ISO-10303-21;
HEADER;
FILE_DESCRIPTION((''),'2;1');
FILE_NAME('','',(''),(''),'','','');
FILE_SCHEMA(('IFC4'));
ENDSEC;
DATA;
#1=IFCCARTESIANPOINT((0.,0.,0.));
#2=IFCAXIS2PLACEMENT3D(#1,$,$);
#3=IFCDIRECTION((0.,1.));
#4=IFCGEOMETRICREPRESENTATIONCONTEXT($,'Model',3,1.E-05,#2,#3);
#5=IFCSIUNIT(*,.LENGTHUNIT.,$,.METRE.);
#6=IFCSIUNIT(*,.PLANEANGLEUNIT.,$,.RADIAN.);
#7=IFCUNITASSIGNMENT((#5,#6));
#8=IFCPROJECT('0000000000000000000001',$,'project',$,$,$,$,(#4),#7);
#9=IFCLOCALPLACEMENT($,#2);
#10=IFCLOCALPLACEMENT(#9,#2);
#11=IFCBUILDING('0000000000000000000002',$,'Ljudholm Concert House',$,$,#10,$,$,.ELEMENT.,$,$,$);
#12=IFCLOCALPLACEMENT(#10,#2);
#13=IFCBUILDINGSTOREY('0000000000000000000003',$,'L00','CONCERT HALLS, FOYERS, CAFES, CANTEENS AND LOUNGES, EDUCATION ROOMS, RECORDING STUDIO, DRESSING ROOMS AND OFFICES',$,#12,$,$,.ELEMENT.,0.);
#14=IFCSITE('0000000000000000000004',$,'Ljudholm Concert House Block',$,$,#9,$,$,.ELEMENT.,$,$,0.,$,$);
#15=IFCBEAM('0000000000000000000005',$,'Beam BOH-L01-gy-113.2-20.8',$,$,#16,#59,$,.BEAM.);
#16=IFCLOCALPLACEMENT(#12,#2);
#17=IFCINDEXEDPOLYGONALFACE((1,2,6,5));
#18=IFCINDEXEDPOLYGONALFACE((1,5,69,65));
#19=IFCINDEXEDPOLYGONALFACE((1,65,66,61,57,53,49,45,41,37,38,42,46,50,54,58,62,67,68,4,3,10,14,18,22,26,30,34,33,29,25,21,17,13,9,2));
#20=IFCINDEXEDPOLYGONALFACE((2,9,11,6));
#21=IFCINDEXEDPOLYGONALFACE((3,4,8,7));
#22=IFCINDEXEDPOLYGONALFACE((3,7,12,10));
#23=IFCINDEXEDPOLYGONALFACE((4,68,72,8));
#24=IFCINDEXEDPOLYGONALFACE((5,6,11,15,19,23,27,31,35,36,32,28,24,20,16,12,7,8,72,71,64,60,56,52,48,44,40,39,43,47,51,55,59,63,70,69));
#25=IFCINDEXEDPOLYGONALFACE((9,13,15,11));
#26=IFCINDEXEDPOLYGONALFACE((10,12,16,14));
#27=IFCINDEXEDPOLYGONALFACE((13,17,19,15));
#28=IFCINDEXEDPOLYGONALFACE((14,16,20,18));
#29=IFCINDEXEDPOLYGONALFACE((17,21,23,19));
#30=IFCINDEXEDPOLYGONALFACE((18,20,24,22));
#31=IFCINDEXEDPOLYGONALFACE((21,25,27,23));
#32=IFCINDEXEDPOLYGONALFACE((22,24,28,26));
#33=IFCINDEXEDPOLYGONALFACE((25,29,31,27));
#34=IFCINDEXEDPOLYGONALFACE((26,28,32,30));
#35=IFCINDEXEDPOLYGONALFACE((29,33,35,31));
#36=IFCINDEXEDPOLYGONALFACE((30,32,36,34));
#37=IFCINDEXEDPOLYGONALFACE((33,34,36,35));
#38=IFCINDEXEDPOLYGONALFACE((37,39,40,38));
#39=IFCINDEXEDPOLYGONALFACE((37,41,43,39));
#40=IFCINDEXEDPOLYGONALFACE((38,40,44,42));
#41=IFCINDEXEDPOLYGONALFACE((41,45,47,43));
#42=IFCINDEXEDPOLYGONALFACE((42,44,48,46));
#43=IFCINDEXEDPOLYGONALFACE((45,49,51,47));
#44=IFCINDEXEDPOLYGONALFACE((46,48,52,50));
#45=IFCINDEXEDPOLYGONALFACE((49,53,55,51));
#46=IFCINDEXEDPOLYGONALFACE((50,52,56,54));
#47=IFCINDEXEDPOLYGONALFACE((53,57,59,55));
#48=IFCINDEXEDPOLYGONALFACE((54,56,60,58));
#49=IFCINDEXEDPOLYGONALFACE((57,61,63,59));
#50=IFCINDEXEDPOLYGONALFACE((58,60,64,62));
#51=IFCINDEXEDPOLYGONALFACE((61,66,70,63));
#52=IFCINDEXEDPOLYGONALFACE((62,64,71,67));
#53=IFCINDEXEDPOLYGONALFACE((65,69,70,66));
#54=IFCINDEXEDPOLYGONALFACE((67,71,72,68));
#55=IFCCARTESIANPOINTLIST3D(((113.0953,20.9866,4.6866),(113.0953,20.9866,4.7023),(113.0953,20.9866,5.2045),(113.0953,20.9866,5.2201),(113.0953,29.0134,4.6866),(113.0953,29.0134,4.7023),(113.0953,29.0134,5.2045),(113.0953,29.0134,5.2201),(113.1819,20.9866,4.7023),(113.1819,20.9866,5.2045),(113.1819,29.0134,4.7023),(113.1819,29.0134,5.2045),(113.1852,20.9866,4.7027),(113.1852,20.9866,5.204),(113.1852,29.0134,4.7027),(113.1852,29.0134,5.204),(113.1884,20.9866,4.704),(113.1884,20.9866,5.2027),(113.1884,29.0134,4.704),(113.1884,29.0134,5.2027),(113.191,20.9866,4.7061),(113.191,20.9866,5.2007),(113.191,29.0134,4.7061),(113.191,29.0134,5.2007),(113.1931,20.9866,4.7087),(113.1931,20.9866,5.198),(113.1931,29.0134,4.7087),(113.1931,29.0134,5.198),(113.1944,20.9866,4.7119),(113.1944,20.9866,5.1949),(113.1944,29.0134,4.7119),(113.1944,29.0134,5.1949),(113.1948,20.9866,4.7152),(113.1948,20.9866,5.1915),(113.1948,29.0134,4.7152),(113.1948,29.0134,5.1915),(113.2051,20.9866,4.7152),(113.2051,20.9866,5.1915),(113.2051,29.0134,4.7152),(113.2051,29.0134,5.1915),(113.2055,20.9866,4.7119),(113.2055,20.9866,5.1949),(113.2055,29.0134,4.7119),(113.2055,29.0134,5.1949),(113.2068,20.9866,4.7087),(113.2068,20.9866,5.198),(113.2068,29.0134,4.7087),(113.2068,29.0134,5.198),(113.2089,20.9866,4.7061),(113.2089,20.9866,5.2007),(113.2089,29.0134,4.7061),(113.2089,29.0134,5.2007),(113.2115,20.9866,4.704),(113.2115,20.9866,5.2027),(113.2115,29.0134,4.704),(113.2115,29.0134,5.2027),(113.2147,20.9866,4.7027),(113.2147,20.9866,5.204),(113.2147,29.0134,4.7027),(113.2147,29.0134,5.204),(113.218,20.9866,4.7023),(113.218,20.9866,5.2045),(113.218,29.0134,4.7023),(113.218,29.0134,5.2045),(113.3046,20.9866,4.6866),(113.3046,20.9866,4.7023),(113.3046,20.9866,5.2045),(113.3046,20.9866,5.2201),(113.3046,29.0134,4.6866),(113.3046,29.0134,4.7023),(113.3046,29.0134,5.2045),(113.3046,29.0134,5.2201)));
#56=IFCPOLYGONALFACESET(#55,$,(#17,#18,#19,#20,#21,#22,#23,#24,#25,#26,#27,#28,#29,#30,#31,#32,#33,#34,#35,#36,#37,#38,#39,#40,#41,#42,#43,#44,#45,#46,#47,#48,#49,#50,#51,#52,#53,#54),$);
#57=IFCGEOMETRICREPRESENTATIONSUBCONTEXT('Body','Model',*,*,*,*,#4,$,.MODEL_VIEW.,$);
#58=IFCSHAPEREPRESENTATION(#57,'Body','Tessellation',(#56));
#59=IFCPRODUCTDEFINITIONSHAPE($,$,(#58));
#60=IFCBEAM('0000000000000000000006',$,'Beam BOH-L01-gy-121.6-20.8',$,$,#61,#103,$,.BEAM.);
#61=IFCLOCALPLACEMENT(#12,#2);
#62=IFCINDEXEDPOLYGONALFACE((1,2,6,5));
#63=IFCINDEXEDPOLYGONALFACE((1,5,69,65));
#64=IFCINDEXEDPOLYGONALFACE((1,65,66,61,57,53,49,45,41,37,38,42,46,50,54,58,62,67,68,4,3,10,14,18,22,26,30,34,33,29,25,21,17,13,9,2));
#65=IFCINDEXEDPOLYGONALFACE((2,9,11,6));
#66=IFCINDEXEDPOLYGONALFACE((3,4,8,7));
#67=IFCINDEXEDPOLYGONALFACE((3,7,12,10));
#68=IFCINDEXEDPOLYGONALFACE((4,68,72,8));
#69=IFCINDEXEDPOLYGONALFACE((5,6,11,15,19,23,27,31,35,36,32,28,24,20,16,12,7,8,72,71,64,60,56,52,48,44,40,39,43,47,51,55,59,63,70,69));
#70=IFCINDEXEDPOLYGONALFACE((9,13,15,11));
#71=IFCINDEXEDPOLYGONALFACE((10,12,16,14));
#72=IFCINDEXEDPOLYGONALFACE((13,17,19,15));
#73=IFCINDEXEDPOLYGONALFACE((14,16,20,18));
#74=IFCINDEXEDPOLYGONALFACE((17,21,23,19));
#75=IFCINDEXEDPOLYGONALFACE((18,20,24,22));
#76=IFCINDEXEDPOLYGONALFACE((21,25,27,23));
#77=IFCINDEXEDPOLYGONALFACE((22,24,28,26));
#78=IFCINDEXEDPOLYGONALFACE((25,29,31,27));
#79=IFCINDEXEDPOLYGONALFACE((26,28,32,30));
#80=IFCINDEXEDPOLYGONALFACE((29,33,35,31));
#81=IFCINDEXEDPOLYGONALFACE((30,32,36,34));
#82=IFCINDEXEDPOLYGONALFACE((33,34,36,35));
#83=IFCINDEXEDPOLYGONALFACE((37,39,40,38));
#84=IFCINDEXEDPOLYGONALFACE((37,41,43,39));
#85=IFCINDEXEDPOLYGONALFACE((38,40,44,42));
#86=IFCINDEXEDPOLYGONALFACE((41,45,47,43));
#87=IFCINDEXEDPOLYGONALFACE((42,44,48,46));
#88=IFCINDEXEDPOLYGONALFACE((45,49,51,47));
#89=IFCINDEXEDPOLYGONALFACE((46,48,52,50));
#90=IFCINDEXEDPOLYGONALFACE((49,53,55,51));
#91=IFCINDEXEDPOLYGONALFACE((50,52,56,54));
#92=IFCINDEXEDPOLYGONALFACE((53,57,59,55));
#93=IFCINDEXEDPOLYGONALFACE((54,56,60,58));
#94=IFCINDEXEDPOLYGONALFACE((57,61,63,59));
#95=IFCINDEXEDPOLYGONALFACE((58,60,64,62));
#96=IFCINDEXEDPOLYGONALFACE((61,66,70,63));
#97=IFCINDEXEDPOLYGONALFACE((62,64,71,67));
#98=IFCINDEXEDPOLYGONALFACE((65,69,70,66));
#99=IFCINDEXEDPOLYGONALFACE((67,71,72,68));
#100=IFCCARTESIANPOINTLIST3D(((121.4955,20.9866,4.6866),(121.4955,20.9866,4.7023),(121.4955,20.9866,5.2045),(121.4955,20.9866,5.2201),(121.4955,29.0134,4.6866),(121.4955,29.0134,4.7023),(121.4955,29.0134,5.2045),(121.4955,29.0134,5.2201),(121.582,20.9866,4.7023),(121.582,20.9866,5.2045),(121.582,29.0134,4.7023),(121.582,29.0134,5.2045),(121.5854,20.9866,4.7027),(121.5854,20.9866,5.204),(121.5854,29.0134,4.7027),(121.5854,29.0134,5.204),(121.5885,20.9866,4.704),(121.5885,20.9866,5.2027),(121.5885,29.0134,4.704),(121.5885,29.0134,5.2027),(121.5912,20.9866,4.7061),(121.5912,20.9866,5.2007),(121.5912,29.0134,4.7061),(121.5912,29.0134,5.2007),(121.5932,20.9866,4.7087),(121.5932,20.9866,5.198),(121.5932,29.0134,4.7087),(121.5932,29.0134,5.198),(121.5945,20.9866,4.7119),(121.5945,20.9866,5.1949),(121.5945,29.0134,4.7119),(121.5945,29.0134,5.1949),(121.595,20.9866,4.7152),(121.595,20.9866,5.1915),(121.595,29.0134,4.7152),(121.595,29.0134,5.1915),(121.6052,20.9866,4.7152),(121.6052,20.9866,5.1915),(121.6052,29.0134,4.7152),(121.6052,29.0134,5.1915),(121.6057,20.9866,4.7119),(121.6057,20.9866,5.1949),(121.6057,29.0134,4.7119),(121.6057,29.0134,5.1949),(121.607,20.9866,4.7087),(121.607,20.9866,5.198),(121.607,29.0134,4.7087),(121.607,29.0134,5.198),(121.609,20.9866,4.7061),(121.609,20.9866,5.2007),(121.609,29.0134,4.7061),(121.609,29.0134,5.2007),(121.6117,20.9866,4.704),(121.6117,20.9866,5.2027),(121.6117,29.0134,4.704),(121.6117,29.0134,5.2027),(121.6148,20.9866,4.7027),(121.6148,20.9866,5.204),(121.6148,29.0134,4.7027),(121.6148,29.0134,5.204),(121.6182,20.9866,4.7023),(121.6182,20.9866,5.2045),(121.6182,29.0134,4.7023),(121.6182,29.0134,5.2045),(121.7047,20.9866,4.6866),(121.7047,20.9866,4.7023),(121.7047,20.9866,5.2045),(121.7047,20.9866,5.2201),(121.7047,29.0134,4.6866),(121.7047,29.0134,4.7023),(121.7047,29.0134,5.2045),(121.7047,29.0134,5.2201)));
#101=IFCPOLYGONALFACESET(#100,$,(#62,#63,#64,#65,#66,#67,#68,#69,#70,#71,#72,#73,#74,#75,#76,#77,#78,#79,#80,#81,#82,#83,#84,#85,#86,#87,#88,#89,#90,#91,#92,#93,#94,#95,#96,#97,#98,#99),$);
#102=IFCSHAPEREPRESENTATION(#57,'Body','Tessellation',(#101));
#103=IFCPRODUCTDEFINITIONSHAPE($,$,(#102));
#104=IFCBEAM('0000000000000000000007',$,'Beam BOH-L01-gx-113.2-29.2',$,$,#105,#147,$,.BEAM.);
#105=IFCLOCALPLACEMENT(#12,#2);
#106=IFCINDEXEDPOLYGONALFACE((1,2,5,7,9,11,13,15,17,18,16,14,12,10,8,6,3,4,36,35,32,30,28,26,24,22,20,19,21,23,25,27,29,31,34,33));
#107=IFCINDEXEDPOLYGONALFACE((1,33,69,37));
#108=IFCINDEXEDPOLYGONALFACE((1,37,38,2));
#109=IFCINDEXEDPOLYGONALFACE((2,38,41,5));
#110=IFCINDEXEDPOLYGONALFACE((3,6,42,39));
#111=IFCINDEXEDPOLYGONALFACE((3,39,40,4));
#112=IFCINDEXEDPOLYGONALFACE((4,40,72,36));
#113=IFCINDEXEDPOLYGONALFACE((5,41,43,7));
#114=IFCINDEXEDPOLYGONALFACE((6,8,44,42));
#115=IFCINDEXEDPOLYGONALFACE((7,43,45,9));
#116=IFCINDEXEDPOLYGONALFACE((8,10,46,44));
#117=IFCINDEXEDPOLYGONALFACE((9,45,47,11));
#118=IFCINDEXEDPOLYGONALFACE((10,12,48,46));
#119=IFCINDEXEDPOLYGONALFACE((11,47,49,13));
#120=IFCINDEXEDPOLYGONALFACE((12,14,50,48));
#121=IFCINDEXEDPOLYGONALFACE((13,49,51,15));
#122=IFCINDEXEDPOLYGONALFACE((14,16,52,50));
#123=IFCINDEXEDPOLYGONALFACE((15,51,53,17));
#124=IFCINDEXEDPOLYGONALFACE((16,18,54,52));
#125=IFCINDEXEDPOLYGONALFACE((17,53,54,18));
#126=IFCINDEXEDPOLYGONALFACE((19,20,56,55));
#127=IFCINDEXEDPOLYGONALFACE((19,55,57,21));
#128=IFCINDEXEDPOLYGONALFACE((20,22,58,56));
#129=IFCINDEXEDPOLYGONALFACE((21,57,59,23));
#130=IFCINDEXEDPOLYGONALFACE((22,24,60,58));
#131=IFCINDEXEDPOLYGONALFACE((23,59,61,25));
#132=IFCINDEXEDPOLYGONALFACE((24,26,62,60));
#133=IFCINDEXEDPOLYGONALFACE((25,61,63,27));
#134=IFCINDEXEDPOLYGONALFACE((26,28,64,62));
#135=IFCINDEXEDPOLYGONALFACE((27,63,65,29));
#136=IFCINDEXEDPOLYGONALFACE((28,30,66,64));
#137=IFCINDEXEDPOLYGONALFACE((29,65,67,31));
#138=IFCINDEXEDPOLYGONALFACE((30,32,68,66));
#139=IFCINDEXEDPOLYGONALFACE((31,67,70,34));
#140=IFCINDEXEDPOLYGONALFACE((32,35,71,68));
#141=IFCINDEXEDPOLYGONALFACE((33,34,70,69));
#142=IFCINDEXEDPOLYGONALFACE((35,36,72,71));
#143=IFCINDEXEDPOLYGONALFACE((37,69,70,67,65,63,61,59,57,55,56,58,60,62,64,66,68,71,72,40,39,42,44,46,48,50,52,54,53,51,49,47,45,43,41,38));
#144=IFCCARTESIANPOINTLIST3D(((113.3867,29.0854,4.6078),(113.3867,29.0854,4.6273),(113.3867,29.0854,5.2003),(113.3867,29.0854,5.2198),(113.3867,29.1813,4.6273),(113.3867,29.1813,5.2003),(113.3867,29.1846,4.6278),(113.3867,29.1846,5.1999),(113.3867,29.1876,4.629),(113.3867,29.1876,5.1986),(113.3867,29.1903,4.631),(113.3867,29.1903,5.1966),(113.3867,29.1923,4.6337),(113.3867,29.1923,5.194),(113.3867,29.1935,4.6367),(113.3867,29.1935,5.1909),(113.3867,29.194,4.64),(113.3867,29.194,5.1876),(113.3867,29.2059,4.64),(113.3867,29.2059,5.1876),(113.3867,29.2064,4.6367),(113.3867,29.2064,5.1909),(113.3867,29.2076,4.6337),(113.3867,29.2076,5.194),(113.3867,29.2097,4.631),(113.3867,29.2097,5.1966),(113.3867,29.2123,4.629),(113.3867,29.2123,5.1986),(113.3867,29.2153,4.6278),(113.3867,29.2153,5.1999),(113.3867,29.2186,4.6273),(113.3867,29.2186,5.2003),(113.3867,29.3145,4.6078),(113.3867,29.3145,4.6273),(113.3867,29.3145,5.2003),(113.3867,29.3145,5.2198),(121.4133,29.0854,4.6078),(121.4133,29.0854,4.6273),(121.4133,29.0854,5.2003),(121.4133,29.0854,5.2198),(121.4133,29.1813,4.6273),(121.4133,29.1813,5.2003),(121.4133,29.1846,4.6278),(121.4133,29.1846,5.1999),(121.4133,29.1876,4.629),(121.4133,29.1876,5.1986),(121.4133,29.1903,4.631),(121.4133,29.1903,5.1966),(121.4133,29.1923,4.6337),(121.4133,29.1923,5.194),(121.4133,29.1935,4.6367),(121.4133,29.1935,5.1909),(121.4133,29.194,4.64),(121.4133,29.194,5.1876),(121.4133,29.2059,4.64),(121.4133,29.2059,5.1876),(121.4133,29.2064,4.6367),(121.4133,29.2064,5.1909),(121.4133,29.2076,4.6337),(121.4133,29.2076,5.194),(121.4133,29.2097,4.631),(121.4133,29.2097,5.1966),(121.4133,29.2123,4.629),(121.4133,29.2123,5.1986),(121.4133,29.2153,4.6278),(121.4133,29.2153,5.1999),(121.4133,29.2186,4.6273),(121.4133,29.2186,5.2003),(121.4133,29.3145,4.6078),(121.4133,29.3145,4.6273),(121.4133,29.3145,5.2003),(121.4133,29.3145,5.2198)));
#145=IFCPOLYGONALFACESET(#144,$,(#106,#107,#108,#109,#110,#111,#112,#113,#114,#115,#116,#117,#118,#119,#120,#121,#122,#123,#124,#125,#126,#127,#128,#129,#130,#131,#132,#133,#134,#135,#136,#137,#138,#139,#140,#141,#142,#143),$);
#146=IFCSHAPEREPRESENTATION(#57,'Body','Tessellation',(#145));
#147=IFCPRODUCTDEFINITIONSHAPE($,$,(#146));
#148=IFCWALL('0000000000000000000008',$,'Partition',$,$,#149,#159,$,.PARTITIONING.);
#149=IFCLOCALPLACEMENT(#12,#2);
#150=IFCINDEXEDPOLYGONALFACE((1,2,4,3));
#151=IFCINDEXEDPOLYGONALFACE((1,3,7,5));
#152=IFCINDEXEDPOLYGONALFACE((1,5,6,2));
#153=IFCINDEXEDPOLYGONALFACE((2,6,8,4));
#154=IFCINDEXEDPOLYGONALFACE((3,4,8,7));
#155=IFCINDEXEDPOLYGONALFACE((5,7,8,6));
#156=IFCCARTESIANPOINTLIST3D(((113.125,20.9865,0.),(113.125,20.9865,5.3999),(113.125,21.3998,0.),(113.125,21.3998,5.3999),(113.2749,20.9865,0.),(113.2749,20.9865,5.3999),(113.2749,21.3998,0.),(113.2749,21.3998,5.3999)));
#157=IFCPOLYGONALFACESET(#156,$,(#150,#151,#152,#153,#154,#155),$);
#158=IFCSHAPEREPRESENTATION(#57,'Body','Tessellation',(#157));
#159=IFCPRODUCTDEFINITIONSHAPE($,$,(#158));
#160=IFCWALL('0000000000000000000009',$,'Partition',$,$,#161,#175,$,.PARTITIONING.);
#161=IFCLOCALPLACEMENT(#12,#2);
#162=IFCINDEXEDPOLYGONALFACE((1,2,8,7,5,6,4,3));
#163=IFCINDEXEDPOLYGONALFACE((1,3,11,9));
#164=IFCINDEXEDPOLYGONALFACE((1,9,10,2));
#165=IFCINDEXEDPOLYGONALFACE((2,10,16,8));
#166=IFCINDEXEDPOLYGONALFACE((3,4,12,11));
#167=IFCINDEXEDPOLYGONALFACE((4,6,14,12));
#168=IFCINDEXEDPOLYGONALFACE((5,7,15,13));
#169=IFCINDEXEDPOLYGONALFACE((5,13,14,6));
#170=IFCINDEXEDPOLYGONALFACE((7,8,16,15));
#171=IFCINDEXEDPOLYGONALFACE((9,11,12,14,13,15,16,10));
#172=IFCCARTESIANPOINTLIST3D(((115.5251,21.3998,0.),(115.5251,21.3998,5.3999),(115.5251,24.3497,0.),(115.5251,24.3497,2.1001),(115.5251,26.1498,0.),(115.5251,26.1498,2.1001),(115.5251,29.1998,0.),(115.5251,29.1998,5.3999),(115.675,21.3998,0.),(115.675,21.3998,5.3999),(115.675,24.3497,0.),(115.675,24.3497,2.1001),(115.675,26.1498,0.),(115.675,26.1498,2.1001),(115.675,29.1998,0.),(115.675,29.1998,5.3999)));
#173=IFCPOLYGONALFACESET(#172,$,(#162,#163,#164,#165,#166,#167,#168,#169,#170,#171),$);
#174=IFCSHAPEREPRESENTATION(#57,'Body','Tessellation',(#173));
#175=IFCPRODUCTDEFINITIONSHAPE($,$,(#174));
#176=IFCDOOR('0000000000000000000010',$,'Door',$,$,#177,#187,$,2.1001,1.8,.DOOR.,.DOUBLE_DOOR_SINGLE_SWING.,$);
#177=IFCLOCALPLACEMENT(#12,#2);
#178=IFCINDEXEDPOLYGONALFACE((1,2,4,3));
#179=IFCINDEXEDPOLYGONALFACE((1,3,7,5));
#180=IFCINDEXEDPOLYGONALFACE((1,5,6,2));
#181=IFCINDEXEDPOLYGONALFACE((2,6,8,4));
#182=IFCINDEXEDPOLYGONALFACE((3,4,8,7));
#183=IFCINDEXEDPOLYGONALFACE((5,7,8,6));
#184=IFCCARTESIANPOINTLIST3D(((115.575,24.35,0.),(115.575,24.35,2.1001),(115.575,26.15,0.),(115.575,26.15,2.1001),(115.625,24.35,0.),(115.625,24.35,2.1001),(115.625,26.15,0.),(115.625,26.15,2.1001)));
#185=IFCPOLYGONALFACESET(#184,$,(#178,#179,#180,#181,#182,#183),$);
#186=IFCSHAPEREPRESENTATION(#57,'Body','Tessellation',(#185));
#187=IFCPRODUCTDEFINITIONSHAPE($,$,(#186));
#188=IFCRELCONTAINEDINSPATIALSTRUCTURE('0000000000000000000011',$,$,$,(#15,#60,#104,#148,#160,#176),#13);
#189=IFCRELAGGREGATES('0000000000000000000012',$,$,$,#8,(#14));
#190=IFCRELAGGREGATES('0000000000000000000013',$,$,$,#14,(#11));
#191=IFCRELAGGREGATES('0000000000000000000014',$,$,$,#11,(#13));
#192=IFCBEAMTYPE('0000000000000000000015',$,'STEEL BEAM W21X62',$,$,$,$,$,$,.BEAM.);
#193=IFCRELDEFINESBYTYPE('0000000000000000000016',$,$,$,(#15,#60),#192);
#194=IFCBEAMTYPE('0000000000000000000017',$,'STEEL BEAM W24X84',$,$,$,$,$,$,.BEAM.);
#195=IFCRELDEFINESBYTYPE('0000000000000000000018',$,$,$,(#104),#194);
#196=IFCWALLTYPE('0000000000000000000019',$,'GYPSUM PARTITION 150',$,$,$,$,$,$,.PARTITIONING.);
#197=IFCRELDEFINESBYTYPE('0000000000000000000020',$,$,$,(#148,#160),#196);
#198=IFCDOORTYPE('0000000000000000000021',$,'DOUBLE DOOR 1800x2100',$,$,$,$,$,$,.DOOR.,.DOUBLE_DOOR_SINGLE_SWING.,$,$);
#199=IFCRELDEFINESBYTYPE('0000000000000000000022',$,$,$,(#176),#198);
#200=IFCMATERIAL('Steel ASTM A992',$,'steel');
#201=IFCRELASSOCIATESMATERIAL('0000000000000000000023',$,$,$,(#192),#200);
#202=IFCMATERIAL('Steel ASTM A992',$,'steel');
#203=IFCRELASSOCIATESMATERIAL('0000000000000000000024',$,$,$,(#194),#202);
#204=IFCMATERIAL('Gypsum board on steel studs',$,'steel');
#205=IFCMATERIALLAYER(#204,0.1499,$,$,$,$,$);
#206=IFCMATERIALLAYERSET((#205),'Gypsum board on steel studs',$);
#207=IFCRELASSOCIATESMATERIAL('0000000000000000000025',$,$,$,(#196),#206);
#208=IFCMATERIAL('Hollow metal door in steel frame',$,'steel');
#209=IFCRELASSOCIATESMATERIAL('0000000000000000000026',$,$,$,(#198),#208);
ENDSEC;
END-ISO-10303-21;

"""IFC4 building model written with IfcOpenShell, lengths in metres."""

from ifc_helpers import new_model, si_unit, direction, frame, frame_2d, origin, origin_2d, place, context, subcontext, project, spatial, rectangle, i_section, extrude, material, layer, layer_set, material_profile, profile_set, type_object, element, fill, save


model = new_model("IFC4")

# Units and contexts
model_context = context("Model", 3, precision=1e-05, world=origin(), true_north=direction((0.0, 1.0)))
body_context = subcontext(model_context, "Body", "Model", "MODEL_VIEW")
ifc_project = project(units=[si_unit("LENGTHUNIT", "METRE"), si_unit("PLANEANGLEUNIT", "RADIAN")], contexts=[model_context])

# Site, building, storey
site_placement = place(None, origin())
site = spatial("IfcSite", under=ifc_project, at=site_placement, Name="Ljudholm Concert House Block", CompositionType="ELEMENT", RefElevation=0.0)
building_placement = place(site_placement, origin())
building = spatial("IfcBuilding", under=site, at=building_placement, Name="Ljudholm Concert House", CompositionType="ELEMENT")
storey_placement = place(building_placement, origin())
storey = spatial("IfcBuildingStorey", under=building, at=storey_placement, Name="L00", Description="CONCERT HALLS, FOYERS, CAFES, CANTEENS AND LOUNGES, EDUCATION ROOMS, RECORDING STUDIO, DRESSING ROOMS AND OFFICES", CompositionType="ELEMENT", Elevation=0.0)

# Beams
ifc_material_1 = material(Name="Steel ASTM A992", Category="steel")
ifc_material_profile_1 = material_profile(ifc_material_1, i_section(OverallWidth=0.2092, OverallDepth=0.5334, WebThickness=0.0103, FlangeThickness=0.0156, FilletRadius=0.0129, at=origin_2d()), Name="W21X62")
ifc_profile_set_1 = profile_set([ifc_material_profile_1], Name="Steel ASTM A992")
beam_type_1 = type_object("IfcBeamType", Name="STEEL BEAM W21X62", PredefinedType="BEAM", material=ifc_profile_set_1)
for number, where, z_axis, x_axis, name in (
    (1, (113.2, 20.9866, 4.9534), (0.0, 1.0, 0.0), (-1.0, 0.0, 0.0), "Beam BOH-L01-gy-113.2-20.8"),
    (2, (121.6001, 20.9866, 4.9534), (0.0, 1.0, 0.0), (-1.0, 0.0, 0.0), "Beam BOH-L01-gy-121.6-20.8"),
):
    element("IfcBeam", number, at=place(storey_placement, frame(where, z_axis=z_axis, x_axis=x_axis)), inside=storey, type_object=beam_type_1, Name=name, PredefinedType="BEAM", context=body_context, shape_type="SweptSolid", body=[
        extrude(i_section(OverallWidth=0.2092, OverallDepth=0.5334, WebThickness=0.0103, FlangeThickness=0.0156, FilletRadius=0.0129, at=origin_2d()), origin(), (0.0, 0.0, 1.0), 8.0269),
    ])
ifc_material_2 = material(Name="Steel ASTM A992", Category="steel")
ifc_material_profile_2 = material_profile(ifc_material_2, i_section(OverallWidth=0.229, OverallDepth=0.6121, WebThickness=0.012, FlangeThickness=0.0195, FilletRadius=0.0127, at=origin_2d()), Name="W24X84")
ifc_profile_set_2 = profile_set([ifc_material_profile_2], Name="Steel ASTM A992")
beam_type_2 = type_object("IfcBeamType", Name="STEEL BEAM W24X84", PredefinedType="BEAM", material=ifc_profile_set_2)
beam_placement = place(storey_placement, frame((113.3867, 29.2, 4.9138), z_axis=(1.0, 0.0, 0.0), x_axis=(0.0, 1.0, 0.0)))
element("IfcBeam", 3, at=beam_placement, inside=storey, type_object=beam_type_2, Name="Beam BOH-L01-gx-113.2-29.2", PredefinedType="BEAM", context=body_context, shape_type="SweptSolid", body=[
    extrude(i_section(OverallWidth=0.229, OverallDepth=0.6121, WebThickness=0.012, FlangeThickness=0.0195, FilletRadius=0.0127, at=origin_2d()), origin(), (0.0, 0.0, 1.0), 8.0266),
])

# Wall
ifc_material_3 = material(Name="Gypsum board on steel studs", Category="steel")
ifc_layer_1 = layer(ifc_material_3, 0.1499)
ifc_layer_set_1 = layer_set([ifc_layer_1], Name="Gypsum board on steel studs")
wall_type_1 = type_object("IfcWallType", Name="GYPSUM PARTITION 150", PredefinedType="PARTITIONING", material=ifc_layer_set_1)
wall_1_placement = place(storey_placement, frame((113.2, 20.9866, 0.0), z_axis=(0.0, 0.0, 1.0), x_axis=(0.0, 1.0, 0.0)))
element("IfcWall", 4, at=wall_1_placement, inside=storey, type_object=wall_type_1, Name="Partition", PredefinedType="PARTITIONING", context=body_context, shape_type="SweptSolid", body=[
    extrude(rectangle(XDim=0.4133, YDim=0.1499, at=frame_2d((0.2065, 0.0))), origin(), (0.0, 0.0, 1.0), 5.3999),
])

# Wall, opening, door
wall_2_placement = place(storey_placement, frame((115.6001, 21.3999, 0.0), z_axis=(0.0, 0.0, 1.0), x_axis=(0.0, 1.0, 0.0)))
wall_2 = element("IfcWall", 5, at=wall_2_placement, inside=storey, type_object=wall_type_1, Name="Partition", PredefinedType="PARTITIONING", context=body_context, shape_type="SweptSolid", body=[
    extrude(rectangle(XDim=7.8, YDim=0.1499, at=frame_2d((3.8999, 0.0))), origin(), (0.0, 0.0, 1.0), 5.3999),
])
opening_1_placement = place(wall_2_placement, frame((2.95, 0.0, 0.0)))
opening_1 = element("IfcOpeningElement", 6, at=opening_1_placement, cuts=wall_2, PredefinedType="OPENING", context=body_context, shape_type="SweptSolid", body=[
    extrude(rectangle(XDim=1.8, YDim=2.1001, at=frame_2d((0.8999, 1.05))), frame((0.0, 0.085, 0.0), z_axis=(0.0, -1.0, 0.0), x_axis=(1.0, 0.0, 0.0)), (0.0, 0.0, 1.0), 0.1699),
])
ifc_material_4 = material(Name="Hollow metal door in steel frame", Category="steel")
door_type_1 = type_object("IfcDoorType", Name="DOUBLE DOOR 1800x2100", OperationType="DOUBLE_DOOR_SINGLE_SWING", PredefinedType="DOOR", material=ifc_material_4)
door_1_placement = place(opening_1_placement, frame((1.8, 0.0, 0.0), z_axis=(0.0, 0.0, 1.0), x_axis=(-1.0, 0.0, 0.0)))
door_1 = element("IfcDoor", 7, at=door_1_placement, inside=storey, type_object=door_type_1, Name="Door", OperationType="DOUBLE_DOOR_SINGLE_SWING", OverallHeight=2.1001, OverallWidth=1.8, PredefinedType="DOOR", context=body_context, shape_type="SweptSolid", body=[
    extrude(rectangle(XDim=1.8, YDim=2.1001, at=frame_2d((0.8999, 1.05))), frame((0.0, 0.0249, 0.0), z_axis=(0.0, -1.0, 0.0), x_axis=(1.0, 0.0, 0.0)), (0.0, 0.0, 1.0), 0.05),
])
fill(opening_1, door_1)

save(model, "model.ifc")
